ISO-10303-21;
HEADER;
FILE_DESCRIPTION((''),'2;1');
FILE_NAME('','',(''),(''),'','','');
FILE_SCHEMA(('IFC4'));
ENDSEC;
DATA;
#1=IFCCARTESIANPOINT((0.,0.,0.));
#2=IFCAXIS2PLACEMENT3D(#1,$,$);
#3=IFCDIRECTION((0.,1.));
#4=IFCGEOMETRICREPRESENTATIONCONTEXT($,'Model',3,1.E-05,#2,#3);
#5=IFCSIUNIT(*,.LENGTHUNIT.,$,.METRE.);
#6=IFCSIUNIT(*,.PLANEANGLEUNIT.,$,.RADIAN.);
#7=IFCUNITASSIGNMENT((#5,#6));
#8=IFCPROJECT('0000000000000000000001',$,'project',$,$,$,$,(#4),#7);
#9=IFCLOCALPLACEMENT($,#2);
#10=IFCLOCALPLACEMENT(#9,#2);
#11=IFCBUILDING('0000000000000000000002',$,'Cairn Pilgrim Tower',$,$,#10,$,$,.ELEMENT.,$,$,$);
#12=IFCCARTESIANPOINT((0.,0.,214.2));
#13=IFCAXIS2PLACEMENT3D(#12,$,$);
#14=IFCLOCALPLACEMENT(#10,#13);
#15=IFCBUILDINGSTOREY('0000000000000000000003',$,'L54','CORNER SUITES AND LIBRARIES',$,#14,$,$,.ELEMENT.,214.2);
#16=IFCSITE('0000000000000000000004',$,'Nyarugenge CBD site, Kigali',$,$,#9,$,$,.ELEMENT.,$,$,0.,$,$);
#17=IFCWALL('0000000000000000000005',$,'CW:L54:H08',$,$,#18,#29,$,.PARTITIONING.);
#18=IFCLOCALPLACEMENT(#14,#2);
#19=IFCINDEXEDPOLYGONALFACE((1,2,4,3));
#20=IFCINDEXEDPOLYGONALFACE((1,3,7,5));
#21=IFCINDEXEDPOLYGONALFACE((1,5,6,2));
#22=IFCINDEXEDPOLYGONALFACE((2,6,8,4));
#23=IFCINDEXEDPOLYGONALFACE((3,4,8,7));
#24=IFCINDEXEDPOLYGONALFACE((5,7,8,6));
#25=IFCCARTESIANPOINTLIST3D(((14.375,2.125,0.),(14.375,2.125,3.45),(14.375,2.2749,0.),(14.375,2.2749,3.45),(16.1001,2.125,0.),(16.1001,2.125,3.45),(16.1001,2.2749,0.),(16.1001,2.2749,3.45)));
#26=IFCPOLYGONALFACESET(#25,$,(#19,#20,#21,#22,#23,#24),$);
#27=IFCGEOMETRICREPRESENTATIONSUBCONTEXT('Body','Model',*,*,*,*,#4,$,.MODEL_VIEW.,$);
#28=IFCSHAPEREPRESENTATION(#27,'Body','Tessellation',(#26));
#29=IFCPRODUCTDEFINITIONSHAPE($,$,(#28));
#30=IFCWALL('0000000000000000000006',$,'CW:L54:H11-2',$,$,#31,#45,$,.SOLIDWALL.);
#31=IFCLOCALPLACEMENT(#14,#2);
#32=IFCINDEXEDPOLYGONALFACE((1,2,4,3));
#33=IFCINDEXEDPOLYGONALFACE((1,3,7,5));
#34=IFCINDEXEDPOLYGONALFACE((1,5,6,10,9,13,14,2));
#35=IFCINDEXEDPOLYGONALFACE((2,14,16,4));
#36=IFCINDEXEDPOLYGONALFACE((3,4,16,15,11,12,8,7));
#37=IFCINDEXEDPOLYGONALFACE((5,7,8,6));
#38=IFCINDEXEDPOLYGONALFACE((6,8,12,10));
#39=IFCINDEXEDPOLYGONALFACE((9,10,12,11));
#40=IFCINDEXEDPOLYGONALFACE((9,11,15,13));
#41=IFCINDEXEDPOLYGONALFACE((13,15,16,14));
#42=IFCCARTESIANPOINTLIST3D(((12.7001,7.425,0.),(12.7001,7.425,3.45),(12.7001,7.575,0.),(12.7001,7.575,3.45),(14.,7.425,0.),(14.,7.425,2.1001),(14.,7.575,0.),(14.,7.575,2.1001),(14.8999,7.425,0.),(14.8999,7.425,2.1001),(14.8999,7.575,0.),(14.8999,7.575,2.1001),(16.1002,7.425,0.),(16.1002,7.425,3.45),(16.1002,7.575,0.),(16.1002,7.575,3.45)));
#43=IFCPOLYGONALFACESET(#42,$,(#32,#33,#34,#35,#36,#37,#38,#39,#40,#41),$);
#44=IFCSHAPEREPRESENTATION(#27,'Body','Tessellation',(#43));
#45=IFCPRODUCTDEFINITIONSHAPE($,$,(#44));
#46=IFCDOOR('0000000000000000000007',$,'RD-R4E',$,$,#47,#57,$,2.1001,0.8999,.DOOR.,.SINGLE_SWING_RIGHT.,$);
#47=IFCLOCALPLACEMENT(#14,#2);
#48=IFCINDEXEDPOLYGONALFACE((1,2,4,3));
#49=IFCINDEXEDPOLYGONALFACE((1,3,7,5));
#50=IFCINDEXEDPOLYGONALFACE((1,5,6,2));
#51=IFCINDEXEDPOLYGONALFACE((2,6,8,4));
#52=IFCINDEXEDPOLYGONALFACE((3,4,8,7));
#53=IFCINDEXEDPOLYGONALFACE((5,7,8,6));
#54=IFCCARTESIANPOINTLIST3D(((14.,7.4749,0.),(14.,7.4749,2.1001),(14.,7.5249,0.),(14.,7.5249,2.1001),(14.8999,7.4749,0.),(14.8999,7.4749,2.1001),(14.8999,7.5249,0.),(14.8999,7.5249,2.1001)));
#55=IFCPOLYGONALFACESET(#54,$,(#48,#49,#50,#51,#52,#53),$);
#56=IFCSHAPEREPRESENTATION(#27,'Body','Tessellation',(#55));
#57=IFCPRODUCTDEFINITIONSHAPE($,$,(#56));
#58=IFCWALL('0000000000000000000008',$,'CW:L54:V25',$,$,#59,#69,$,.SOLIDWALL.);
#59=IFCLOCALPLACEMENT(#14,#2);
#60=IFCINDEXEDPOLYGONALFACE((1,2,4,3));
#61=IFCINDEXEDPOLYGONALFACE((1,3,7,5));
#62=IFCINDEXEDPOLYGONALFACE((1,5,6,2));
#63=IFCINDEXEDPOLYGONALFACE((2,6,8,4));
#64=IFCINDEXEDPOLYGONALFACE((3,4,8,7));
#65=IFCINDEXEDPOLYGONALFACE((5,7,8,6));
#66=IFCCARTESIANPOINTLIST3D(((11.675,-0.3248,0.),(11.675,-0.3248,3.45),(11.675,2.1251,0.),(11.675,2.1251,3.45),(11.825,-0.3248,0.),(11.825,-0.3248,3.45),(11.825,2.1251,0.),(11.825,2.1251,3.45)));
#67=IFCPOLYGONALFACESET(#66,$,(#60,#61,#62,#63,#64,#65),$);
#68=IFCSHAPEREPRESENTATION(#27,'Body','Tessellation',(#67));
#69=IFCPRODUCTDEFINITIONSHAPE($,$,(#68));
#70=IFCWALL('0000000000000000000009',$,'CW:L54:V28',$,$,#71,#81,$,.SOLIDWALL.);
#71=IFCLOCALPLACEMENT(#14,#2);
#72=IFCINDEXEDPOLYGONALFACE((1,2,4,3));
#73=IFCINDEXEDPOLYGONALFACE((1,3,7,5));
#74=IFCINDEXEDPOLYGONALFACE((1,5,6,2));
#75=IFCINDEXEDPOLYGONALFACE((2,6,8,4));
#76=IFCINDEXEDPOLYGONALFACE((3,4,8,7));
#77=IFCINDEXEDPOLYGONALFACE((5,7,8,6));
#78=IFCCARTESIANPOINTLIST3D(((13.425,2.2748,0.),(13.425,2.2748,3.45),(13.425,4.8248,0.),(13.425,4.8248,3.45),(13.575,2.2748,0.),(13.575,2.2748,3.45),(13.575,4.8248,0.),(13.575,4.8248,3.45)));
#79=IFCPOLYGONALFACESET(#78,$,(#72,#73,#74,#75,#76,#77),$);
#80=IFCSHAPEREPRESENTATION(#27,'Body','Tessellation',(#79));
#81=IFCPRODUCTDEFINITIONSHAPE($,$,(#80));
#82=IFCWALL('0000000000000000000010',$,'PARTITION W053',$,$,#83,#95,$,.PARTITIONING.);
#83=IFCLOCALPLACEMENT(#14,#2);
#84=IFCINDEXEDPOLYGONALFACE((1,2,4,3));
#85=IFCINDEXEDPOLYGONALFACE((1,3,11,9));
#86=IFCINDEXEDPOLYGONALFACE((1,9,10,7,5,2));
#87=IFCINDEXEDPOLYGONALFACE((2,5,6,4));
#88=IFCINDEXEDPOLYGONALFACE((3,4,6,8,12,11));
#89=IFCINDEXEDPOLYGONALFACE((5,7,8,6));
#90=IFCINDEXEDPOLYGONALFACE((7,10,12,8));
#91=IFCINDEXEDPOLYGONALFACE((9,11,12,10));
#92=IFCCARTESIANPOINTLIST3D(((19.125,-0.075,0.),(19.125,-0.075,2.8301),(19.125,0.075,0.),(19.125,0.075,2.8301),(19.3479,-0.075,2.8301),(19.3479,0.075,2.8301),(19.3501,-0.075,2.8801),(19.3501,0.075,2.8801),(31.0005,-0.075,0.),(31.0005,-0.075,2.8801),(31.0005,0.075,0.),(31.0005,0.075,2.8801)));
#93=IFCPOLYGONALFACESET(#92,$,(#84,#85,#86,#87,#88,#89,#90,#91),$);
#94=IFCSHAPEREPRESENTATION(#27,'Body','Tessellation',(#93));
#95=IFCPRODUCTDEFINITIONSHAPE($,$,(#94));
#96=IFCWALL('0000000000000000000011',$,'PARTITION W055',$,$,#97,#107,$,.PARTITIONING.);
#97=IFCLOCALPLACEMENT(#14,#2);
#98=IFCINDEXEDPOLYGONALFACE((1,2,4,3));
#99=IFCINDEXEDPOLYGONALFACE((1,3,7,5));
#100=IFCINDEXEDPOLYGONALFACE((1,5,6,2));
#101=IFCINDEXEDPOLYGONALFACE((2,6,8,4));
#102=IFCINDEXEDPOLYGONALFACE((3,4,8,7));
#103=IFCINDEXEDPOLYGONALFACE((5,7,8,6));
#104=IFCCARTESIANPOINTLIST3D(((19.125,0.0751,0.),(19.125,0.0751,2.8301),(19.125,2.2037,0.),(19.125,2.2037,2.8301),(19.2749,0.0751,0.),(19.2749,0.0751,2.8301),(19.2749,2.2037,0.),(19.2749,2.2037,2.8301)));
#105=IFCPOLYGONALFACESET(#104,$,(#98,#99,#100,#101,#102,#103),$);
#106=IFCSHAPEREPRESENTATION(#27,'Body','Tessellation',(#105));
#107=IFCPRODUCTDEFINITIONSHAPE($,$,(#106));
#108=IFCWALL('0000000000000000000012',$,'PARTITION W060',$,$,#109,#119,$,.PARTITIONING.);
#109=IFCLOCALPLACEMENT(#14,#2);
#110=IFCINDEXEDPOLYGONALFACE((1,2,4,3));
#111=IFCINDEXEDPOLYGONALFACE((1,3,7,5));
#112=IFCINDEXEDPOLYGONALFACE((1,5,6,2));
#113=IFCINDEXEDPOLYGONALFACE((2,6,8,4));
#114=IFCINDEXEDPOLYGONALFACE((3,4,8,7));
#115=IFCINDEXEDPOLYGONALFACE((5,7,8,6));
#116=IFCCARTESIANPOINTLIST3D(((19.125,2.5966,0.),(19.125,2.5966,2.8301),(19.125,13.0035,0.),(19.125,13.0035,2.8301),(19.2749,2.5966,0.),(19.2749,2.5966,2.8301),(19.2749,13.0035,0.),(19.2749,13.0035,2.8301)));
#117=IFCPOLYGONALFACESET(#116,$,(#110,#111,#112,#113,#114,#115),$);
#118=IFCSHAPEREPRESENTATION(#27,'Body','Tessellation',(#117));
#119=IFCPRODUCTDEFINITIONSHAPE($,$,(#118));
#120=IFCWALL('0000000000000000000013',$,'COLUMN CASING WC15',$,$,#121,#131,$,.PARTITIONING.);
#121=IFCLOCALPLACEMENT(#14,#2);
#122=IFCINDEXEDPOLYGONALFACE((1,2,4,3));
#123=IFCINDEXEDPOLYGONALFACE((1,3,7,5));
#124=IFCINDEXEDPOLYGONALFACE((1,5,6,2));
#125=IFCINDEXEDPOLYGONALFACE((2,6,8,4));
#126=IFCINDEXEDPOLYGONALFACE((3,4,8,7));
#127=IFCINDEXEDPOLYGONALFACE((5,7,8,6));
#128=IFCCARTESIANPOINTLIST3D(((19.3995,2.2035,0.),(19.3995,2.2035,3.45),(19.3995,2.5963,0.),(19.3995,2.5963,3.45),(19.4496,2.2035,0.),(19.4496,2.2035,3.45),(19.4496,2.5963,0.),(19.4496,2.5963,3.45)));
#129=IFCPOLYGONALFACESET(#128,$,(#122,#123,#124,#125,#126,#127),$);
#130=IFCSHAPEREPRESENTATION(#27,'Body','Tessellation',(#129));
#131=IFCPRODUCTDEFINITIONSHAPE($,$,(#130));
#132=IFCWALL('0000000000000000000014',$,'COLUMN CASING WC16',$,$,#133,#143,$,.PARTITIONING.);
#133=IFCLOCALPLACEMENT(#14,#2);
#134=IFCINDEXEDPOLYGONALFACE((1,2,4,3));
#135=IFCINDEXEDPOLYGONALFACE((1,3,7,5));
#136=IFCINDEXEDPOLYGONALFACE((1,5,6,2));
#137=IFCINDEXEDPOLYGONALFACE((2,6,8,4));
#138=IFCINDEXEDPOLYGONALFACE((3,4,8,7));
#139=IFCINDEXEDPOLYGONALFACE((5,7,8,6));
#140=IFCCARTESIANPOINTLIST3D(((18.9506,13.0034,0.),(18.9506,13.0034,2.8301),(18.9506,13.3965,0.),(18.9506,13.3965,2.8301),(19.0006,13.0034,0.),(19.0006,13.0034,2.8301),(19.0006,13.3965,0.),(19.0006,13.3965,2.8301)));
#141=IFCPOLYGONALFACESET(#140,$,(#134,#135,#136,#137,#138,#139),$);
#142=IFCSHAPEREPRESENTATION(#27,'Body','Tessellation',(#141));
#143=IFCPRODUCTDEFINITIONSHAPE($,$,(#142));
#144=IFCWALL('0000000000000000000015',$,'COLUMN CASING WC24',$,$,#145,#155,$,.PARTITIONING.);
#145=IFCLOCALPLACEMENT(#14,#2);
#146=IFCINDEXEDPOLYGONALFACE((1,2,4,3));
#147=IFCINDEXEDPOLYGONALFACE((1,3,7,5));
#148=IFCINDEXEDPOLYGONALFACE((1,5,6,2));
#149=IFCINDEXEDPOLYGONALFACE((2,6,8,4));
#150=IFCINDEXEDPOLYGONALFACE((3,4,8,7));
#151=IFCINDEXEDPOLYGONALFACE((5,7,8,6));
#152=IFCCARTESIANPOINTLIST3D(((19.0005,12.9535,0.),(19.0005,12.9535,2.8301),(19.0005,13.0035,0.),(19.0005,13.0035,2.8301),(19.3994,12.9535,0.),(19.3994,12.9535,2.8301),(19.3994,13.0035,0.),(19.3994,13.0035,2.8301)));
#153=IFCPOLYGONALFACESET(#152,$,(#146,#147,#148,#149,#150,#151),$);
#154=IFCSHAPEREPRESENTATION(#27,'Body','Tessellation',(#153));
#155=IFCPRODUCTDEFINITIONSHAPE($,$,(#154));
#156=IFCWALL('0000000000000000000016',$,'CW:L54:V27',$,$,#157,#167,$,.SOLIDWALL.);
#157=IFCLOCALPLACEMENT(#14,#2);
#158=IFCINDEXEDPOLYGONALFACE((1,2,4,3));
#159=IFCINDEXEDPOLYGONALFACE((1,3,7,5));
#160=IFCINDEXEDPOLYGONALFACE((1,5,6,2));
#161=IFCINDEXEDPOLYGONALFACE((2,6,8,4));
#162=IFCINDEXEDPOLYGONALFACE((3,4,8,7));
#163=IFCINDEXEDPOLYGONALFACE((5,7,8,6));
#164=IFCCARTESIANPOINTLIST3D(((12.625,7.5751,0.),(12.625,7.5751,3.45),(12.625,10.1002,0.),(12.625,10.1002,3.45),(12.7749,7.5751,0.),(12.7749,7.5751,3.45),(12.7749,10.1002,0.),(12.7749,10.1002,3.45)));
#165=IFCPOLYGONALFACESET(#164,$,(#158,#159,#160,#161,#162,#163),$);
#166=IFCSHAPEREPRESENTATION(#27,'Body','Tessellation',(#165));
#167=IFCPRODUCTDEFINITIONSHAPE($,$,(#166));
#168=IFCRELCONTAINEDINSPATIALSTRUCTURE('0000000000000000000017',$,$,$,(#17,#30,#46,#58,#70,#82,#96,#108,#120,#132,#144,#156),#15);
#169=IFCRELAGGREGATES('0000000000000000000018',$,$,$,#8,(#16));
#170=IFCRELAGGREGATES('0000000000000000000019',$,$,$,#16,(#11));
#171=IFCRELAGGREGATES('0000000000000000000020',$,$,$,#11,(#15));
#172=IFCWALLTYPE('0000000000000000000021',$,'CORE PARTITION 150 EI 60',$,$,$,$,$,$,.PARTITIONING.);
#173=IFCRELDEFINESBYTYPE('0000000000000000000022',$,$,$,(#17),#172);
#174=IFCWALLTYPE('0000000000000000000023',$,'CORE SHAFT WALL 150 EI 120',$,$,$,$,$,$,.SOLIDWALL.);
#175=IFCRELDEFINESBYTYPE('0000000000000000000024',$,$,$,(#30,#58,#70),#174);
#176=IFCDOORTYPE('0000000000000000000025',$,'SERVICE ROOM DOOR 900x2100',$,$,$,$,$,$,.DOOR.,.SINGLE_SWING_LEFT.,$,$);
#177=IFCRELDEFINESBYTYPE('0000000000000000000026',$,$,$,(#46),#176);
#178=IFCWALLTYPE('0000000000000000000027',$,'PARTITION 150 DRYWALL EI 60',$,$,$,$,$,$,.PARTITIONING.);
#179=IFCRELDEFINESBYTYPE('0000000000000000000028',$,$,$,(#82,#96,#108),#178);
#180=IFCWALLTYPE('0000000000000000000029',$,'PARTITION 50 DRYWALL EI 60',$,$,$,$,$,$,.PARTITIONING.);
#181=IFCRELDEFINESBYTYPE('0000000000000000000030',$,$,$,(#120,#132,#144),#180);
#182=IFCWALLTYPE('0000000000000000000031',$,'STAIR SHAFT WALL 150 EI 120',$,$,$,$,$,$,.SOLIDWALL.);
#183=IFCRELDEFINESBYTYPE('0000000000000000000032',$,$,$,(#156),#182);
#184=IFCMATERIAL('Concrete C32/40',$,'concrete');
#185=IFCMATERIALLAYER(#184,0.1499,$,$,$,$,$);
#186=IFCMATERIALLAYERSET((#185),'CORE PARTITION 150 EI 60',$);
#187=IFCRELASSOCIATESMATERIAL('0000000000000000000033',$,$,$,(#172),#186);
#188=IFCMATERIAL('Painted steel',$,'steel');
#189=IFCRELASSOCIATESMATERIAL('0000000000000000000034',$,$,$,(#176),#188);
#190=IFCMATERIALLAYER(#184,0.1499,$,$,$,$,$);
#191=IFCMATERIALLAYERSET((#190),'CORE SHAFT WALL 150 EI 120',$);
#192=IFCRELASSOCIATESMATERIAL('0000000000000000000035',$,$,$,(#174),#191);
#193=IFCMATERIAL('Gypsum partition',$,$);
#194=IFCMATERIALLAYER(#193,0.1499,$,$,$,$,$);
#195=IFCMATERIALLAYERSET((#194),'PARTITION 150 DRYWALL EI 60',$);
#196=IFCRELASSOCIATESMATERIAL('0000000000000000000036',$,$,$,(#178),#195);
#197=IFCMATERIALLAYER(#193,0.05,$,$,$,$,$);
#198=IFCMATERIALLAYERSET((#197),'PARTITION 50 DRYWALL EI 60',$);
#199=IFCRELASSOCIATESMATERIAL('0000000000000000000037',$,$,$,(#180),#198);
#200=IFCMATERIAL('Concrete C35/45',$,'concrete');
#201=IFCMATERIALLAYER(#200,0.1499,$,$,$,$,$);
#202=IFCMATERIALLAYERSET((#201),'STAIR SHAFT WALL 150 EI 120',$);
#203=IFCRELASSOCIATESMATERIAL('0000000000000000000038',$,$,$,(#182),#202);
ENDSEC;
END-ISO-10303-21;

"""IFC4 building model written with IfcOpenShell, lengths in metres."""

from ifc_helpers import new_model, si_unit, direction, frame, frame_2d, origin, place, context, subcontext, project, spatial, polyline, rectangle, outline, extrude, material, layer, layer_set, type_object, element, fill, save


model = new_model("IFC4")

# Units and contexts
model_context = context("Model", 3, precision=1e-05, world=origin(), true_north=direction((0.0, 1.0)))
body_context = subcontext(model_context, "Body", "Model", "MODEL_VIEW")
ifc_project = project(units=[si_unit("LENGTHUNIT", "METRE"), si_unit("PLANEANGLEUNIT", "RADIAN")], contexts=[model_context])

# Site, building, storey
site_placement = place(None, origin())
site = spatial("IfcSite", under=ifc_project, at=site_placement, Name="Nyarugenge CBD site, Kigali", CompositionType="ELEMENT", RefElevation=0.0)
building_placement = place(site_placement, origin())
building = spatial("IfcBuilding", under=site, at=building_placement, Name="Cairn Pilgrim Tower", CompositionType="ELEMENT")
storey_placement = place(building_placement, frame((0.0, 0.0, 214.2)))
storey = spatial("IfcBuildingStorey", under=building, at=storey_placement, Name="L54", Description="CORNER SUITES AND LIBRARIES", CompositionType="ELEMENT", Elevation=214.2)

# Shared definitions
ifc_material_1 = material(Name="Concrete C32/40", Category="concrete")

# Shared definitions
ifc_layer_1 = layer(ifc_material_1, 0.1499)
ifc_layer_set_1 = layer_set([ifc_layer_1], Name="CORE PARTITION 150 EI 60")
wall_type_1 = type_object("IfcWallType", Name="CORE PARTITION 150 EI 60", PredefinedType="PARTITIONING", material=ifc_layer_set_1)
ifc_material_2 = material(Name="Painted steel", Category="steel")
door_type = type_object("IfcDoorType", Name="SERVICE ROOM DOOR 900x2100", OperationType="SINGLE_SWING_LEFT", PredefinedType="DOOR", material=ifc_material_2)

# Wall
wall_1_placement = place(storey_placement, frame((14.375, 2.2, 0.0), z_axis=(0.0, 0.0, 1.0), x_axis=(1.0, 0.0, 0.0)))
element("IfcWall", 1, at=wall_1_placement, inside=storey, type_object=wall_type_1, Name="CW:L54:H08", PredefinedType="PARTITIONING", context=body_context, shape_type="SweptSolid", body=[
    extrude(rectangle(XDim=1.7251, YDim=0.1499, at=frame_2d((0.8625, 0.0))), origin(), (0.0, 0.0, 1.0), 3.45),
])

# Wall, opening, door
ifc_layer_2 = layer(ifc_material_1, 0.1499)
ifc_layer_set_2 = layer_set([ifc_layer_2], Name="CORE SHAFT WALL 150 EI 120")
wall_type_2 = type_object("IfcWallType", Name="CORE SHAFT WALL 150 EI 120", PredefinedType="SOLIDWALL", material=ifc_layer_set_2)
wall_2_placement = place(storey_placement, frame((12.7, 7.5, 0.0), z_axis=(0.0, 0.0, 1.0), x_axis=(1.0, 0.0, 0.0)))
wall_2 = element("IfcWall", 2, at=wall_2_placement, inside=storey, type_object=wall_type_2, Name="CW:L54:H11-2", PredefinedType="SOLIDWALL", context=body_context, shape_type="SweptSolid", body=[
    extrude(rectangle(XDim=3.4001, YDim=0.1499, at=frame_2d((1.7002, 0.0))), origin(), (0.0, 0.0, 1.0), 3.45),
])
opening_1_placement = place(wall_2_placement, frame((1.3, 0.0, 0.0)))
opening_1 = element("IfcOpeningElement", 3, at=opening_1_placement, cuts=wall_2, PredefinedType="OPENING", context=body_context, shape_type="SweptSolid", body=[
    extrude(rectangle(XDim=0.8999, YDim=2.1001, at=frame_2d((0.45, 1.05))), frame((0.0, 0.085, 0.0), z_axis=(0.0, -1.0, 0.0), x_axis=(1.0, 0.0, 0.0)), (0.0, 0.0, 1.0), 0.1699),
])
door_1_placement = place(opening_1_placement, origin())
door_1 = element("IfcDoor", 4, at=door_1_placement, inside=storey, type_object=door_type, Name="RD-R4E", OperationType="SINGLE_SWING_RIGHT", OverallHeight=2.1001, OverallWidth=0.8999, PredefinedType="DOOR", context=body_context, shape_type="SweptSolid", body=[
    extrude(rectangle(XDim=0.8999, YDim=2.1001, at=frame_2d((0.45, 1.05))), frame((0.0, 0.0249, 0.0), z_axis=(0.0, -1.0, 0.0), x_axis=(1.0, 0.0, 0.0)), (0.0, 0.0, 1.0), 0.05),
])
fill(opening_1, door_1)

# Walls
wall_3_placement = place(storey_placement, frame((11.75, -0.325, 0.0), z_axis=(0.0, 0.0, 1.0), x_axis=(0.0, 1.0, 0.0)))
element("IfcWall", 5, at=wall_3_placement, inside=storey, type_object=wall_type_2, Name="CW:L54:V25", PredefinedType="SOLIDWALL", context=body_context, shape_type="SweptSolid", body=[
    extrude(rectangle(XDim=2.45, YDim=0.1499, at=frame_2d((1.2251, 0.0))), origin(), (0.0, 0.0, 1.0), 3.45),
])
wall_4_placement = place(storey_placement, frame((13.5, 2.2749, 0.0), z_axis=(0.0, 0.0, 1.0), x_axis=(0.0, 1.0, 0.0)))
element("IfcWall", 6, at=wall_4_placement, inside=storey, type_object=wall_type_2, Name="CW:L54:V28", PredefinedType="SOLIDWALL", context=body_context, shape_type="SweptSolid", body=[
    extrude(rectangle(XDim=2.55, YDim=0.1499, at=frame_2d((1.2749, 0.0))), origin(), (0.0, 0.0, 1.0), 3.45),
])
ifc_material_3 = material(Name="Gypsum partition")
ifc_layer_3 = layer(ifc_material_3, 0.1499)
ifc_layer_set_3 = layer_set([ifc_layer_3], Name="PARTITION 150 DRYWALL EI 60")
wall_type_3 = type_object("IfcWallType", Name="PARTITION 150 DRYWALL EI 60", PredefinedType="PARTITIONING", material=ifc_layer_set_3)
wall_5_placement = place(storey_placement, frame((19.125, 0.0, 0.0), z_axis=(0.0, 0.0, 1.0), x_axis=(1.0, 0.0, 0.0)))
element("IfcWall", 7, at=wall_5_placement, inside=storey, type_object=wall_type_3, Name="PARTITION W053", PredefinedType="PARTITIONING", context=body_context, shape_type="SweptSolid", body=[
    extrude(outline(polyline([(0.0, 0.0), (11.8755, 0.0), (11.8755, 2.8801), (0.2251, 2.8801), (0.2229, 2.8301), (0.0, 2.8301), (0.0, 0.0)])), frame((0.0, 0.075, 0.0), z_axis=(0.0, -1.0, 0.0), x_axis=(1.0, 0.0, 0.0)), (0.0, 0.0, 1.0), 0.1499),
])
wall_6_placement = place(storey_placement, frame((19.2, 0.075, 0.0), z_axis=(0.0, 0.0, 1.0), x_axis=(0.0, 1.0, 0.0)))
element("IfcWall", 8, at=wall_6_placement, inside=storey, type_object=wall_type_3, Name="PARTITION W055", PredefinedType="PARTITIONING", context=body_context, shape_type="SweptSolid", body=[
    extrude(rectangle(XDim=2.1287, YDim=0.1499, at=frame_2d((1.0645, 0.0))), origin(), (0.0, 0.0, 1.0), 2.8301),
])
wall_7_placement = place(storey_placement, frame((19.2, 2.5964, 0.0), z_axis=(0.0, 0.0, 1.0), x_axis=(0.0, 1.0, 0.0)))
element("IfcWall", 9, at=wall_7_placement, inside=storey, type_object=wall_type_3, Name="PARTITION W060", PredefinedType="PARTITIONING", context=body_context, shape_type="SweptSolid", body=[
    extrude(rectangle(XDim=10.407, YDim=0.1499, at=frame_2d((5.2036, 0.0))), origin(), (0.0, 0.0, 1.0), 2.8301),
])
ifc_layer_4 = layer(ifc_material_3, 0.05)
ifc_layer_set_4 = layer_set([ifc_layer_4], Name="PARTITION 50 DRYWALL EI 60")
wall_type_4 = type_object("IfcWallType", Name="PARTITION 50 DRYWALL EI 60", PredefinedType="PARTITIONING", material=ifc_layer_set_4)
wall_8_placement = place(storey_placement, frame((19.4246, 2.2036, 0.0), z_axis=(0.0, 0.0, 1.0), x_axis=(0.0, 1.0, 0.0)))
element("IfcWall", 10, at=wall_8_placement, inside=storey, type_object=wall_type_4, Name="COLUMN CASING WC15", PredefinedType="PARTITIONING", context=body_context, shape_type="SweptSolid", body=[
    extrude(rectangle(XDim=0.3928, YDim=0.05, at=frame_2d((0.1963, 0.0))), origin(), (0.0, 0.0, 1.0), 3.45),
])
wall_9_placement = place(storey_placement, frame((18.9756, 13.0034, 0.0), z_axis=(0.0, 0.0, 1.0), x_axis=(0.0, 1.0, 0.0)))
element("IfcWall", 11, at=wall_9_placement, inside=storey, type_object=wall_type_4, Name="COLUMN CASING WC16", PredefinedType="PARTITIONING", context=body_context, shape_type="SweptSolid", body=[
    extrude(rectangle(XDim=0.3931, YDim=0.05, at=frame_2d((0.1965, 0.0))), origin(), (0.0, 0.0, 1.0), 2.8301),
])
wall_10_placement = place(storey_placement, frame((19.0005, 12.9785, 0.0), z_axis=(0.0, 0.0, 1.0), x_axis=(1.0, 0.0, 0.0)))
element("IfcWall", 12, at=wall_10_placement, inside=storey, type_object=wall_type_4, Name="COLUMN CASING WC24", PredefinedType="PARTITIONING", context=body_context, shape_type="SweptSolid", body=[
    extrude(rectangle(XDim=0.3989, YDim=0.05, at=frame_2d((0.1995, 0.0))), origin(), (0.0, 0.0, 1.0), 2.8301),
])
ifc_material_4 = material(Name="Concrete C35/45", Category="concrete")
ifc_layer_5 = layer(ifc_material_4, 0.1499)
ifc_layer_set_5 = layer_set([ifc_layer_5], Name="STAIR SHAFT WALL 150 EI 120")
wall_type_5 = type_object("IfcWallType", Name="STAIR SHAFT WALL 150 EI 120", PredefinedType="SOLIDWALL", material=ifc_layer_set_5)
wall_11_placement = place(storey_placement, frame((12.7, 7.575, 0.0), z_axis=(0.0, 0.0, 1.0), x_axis=(0.0, 1.0, 0.0)))
element("IfcWall", 13, at=wall_11_placement, inside=storey, type_object=wall_type_5, Name="CW:L54:V27", PredefinedType="SOLIDWALL", context=body_context, shape_type="SweptSolid", body=[
    extrude(rectangle(XDim=2.5251, YDim=0.1499, at=frame_2d((1.2627, 0.0))), origin(), (0.0, 0.0, 1.0), 3.45),
])

save(model, "model.ifc")
